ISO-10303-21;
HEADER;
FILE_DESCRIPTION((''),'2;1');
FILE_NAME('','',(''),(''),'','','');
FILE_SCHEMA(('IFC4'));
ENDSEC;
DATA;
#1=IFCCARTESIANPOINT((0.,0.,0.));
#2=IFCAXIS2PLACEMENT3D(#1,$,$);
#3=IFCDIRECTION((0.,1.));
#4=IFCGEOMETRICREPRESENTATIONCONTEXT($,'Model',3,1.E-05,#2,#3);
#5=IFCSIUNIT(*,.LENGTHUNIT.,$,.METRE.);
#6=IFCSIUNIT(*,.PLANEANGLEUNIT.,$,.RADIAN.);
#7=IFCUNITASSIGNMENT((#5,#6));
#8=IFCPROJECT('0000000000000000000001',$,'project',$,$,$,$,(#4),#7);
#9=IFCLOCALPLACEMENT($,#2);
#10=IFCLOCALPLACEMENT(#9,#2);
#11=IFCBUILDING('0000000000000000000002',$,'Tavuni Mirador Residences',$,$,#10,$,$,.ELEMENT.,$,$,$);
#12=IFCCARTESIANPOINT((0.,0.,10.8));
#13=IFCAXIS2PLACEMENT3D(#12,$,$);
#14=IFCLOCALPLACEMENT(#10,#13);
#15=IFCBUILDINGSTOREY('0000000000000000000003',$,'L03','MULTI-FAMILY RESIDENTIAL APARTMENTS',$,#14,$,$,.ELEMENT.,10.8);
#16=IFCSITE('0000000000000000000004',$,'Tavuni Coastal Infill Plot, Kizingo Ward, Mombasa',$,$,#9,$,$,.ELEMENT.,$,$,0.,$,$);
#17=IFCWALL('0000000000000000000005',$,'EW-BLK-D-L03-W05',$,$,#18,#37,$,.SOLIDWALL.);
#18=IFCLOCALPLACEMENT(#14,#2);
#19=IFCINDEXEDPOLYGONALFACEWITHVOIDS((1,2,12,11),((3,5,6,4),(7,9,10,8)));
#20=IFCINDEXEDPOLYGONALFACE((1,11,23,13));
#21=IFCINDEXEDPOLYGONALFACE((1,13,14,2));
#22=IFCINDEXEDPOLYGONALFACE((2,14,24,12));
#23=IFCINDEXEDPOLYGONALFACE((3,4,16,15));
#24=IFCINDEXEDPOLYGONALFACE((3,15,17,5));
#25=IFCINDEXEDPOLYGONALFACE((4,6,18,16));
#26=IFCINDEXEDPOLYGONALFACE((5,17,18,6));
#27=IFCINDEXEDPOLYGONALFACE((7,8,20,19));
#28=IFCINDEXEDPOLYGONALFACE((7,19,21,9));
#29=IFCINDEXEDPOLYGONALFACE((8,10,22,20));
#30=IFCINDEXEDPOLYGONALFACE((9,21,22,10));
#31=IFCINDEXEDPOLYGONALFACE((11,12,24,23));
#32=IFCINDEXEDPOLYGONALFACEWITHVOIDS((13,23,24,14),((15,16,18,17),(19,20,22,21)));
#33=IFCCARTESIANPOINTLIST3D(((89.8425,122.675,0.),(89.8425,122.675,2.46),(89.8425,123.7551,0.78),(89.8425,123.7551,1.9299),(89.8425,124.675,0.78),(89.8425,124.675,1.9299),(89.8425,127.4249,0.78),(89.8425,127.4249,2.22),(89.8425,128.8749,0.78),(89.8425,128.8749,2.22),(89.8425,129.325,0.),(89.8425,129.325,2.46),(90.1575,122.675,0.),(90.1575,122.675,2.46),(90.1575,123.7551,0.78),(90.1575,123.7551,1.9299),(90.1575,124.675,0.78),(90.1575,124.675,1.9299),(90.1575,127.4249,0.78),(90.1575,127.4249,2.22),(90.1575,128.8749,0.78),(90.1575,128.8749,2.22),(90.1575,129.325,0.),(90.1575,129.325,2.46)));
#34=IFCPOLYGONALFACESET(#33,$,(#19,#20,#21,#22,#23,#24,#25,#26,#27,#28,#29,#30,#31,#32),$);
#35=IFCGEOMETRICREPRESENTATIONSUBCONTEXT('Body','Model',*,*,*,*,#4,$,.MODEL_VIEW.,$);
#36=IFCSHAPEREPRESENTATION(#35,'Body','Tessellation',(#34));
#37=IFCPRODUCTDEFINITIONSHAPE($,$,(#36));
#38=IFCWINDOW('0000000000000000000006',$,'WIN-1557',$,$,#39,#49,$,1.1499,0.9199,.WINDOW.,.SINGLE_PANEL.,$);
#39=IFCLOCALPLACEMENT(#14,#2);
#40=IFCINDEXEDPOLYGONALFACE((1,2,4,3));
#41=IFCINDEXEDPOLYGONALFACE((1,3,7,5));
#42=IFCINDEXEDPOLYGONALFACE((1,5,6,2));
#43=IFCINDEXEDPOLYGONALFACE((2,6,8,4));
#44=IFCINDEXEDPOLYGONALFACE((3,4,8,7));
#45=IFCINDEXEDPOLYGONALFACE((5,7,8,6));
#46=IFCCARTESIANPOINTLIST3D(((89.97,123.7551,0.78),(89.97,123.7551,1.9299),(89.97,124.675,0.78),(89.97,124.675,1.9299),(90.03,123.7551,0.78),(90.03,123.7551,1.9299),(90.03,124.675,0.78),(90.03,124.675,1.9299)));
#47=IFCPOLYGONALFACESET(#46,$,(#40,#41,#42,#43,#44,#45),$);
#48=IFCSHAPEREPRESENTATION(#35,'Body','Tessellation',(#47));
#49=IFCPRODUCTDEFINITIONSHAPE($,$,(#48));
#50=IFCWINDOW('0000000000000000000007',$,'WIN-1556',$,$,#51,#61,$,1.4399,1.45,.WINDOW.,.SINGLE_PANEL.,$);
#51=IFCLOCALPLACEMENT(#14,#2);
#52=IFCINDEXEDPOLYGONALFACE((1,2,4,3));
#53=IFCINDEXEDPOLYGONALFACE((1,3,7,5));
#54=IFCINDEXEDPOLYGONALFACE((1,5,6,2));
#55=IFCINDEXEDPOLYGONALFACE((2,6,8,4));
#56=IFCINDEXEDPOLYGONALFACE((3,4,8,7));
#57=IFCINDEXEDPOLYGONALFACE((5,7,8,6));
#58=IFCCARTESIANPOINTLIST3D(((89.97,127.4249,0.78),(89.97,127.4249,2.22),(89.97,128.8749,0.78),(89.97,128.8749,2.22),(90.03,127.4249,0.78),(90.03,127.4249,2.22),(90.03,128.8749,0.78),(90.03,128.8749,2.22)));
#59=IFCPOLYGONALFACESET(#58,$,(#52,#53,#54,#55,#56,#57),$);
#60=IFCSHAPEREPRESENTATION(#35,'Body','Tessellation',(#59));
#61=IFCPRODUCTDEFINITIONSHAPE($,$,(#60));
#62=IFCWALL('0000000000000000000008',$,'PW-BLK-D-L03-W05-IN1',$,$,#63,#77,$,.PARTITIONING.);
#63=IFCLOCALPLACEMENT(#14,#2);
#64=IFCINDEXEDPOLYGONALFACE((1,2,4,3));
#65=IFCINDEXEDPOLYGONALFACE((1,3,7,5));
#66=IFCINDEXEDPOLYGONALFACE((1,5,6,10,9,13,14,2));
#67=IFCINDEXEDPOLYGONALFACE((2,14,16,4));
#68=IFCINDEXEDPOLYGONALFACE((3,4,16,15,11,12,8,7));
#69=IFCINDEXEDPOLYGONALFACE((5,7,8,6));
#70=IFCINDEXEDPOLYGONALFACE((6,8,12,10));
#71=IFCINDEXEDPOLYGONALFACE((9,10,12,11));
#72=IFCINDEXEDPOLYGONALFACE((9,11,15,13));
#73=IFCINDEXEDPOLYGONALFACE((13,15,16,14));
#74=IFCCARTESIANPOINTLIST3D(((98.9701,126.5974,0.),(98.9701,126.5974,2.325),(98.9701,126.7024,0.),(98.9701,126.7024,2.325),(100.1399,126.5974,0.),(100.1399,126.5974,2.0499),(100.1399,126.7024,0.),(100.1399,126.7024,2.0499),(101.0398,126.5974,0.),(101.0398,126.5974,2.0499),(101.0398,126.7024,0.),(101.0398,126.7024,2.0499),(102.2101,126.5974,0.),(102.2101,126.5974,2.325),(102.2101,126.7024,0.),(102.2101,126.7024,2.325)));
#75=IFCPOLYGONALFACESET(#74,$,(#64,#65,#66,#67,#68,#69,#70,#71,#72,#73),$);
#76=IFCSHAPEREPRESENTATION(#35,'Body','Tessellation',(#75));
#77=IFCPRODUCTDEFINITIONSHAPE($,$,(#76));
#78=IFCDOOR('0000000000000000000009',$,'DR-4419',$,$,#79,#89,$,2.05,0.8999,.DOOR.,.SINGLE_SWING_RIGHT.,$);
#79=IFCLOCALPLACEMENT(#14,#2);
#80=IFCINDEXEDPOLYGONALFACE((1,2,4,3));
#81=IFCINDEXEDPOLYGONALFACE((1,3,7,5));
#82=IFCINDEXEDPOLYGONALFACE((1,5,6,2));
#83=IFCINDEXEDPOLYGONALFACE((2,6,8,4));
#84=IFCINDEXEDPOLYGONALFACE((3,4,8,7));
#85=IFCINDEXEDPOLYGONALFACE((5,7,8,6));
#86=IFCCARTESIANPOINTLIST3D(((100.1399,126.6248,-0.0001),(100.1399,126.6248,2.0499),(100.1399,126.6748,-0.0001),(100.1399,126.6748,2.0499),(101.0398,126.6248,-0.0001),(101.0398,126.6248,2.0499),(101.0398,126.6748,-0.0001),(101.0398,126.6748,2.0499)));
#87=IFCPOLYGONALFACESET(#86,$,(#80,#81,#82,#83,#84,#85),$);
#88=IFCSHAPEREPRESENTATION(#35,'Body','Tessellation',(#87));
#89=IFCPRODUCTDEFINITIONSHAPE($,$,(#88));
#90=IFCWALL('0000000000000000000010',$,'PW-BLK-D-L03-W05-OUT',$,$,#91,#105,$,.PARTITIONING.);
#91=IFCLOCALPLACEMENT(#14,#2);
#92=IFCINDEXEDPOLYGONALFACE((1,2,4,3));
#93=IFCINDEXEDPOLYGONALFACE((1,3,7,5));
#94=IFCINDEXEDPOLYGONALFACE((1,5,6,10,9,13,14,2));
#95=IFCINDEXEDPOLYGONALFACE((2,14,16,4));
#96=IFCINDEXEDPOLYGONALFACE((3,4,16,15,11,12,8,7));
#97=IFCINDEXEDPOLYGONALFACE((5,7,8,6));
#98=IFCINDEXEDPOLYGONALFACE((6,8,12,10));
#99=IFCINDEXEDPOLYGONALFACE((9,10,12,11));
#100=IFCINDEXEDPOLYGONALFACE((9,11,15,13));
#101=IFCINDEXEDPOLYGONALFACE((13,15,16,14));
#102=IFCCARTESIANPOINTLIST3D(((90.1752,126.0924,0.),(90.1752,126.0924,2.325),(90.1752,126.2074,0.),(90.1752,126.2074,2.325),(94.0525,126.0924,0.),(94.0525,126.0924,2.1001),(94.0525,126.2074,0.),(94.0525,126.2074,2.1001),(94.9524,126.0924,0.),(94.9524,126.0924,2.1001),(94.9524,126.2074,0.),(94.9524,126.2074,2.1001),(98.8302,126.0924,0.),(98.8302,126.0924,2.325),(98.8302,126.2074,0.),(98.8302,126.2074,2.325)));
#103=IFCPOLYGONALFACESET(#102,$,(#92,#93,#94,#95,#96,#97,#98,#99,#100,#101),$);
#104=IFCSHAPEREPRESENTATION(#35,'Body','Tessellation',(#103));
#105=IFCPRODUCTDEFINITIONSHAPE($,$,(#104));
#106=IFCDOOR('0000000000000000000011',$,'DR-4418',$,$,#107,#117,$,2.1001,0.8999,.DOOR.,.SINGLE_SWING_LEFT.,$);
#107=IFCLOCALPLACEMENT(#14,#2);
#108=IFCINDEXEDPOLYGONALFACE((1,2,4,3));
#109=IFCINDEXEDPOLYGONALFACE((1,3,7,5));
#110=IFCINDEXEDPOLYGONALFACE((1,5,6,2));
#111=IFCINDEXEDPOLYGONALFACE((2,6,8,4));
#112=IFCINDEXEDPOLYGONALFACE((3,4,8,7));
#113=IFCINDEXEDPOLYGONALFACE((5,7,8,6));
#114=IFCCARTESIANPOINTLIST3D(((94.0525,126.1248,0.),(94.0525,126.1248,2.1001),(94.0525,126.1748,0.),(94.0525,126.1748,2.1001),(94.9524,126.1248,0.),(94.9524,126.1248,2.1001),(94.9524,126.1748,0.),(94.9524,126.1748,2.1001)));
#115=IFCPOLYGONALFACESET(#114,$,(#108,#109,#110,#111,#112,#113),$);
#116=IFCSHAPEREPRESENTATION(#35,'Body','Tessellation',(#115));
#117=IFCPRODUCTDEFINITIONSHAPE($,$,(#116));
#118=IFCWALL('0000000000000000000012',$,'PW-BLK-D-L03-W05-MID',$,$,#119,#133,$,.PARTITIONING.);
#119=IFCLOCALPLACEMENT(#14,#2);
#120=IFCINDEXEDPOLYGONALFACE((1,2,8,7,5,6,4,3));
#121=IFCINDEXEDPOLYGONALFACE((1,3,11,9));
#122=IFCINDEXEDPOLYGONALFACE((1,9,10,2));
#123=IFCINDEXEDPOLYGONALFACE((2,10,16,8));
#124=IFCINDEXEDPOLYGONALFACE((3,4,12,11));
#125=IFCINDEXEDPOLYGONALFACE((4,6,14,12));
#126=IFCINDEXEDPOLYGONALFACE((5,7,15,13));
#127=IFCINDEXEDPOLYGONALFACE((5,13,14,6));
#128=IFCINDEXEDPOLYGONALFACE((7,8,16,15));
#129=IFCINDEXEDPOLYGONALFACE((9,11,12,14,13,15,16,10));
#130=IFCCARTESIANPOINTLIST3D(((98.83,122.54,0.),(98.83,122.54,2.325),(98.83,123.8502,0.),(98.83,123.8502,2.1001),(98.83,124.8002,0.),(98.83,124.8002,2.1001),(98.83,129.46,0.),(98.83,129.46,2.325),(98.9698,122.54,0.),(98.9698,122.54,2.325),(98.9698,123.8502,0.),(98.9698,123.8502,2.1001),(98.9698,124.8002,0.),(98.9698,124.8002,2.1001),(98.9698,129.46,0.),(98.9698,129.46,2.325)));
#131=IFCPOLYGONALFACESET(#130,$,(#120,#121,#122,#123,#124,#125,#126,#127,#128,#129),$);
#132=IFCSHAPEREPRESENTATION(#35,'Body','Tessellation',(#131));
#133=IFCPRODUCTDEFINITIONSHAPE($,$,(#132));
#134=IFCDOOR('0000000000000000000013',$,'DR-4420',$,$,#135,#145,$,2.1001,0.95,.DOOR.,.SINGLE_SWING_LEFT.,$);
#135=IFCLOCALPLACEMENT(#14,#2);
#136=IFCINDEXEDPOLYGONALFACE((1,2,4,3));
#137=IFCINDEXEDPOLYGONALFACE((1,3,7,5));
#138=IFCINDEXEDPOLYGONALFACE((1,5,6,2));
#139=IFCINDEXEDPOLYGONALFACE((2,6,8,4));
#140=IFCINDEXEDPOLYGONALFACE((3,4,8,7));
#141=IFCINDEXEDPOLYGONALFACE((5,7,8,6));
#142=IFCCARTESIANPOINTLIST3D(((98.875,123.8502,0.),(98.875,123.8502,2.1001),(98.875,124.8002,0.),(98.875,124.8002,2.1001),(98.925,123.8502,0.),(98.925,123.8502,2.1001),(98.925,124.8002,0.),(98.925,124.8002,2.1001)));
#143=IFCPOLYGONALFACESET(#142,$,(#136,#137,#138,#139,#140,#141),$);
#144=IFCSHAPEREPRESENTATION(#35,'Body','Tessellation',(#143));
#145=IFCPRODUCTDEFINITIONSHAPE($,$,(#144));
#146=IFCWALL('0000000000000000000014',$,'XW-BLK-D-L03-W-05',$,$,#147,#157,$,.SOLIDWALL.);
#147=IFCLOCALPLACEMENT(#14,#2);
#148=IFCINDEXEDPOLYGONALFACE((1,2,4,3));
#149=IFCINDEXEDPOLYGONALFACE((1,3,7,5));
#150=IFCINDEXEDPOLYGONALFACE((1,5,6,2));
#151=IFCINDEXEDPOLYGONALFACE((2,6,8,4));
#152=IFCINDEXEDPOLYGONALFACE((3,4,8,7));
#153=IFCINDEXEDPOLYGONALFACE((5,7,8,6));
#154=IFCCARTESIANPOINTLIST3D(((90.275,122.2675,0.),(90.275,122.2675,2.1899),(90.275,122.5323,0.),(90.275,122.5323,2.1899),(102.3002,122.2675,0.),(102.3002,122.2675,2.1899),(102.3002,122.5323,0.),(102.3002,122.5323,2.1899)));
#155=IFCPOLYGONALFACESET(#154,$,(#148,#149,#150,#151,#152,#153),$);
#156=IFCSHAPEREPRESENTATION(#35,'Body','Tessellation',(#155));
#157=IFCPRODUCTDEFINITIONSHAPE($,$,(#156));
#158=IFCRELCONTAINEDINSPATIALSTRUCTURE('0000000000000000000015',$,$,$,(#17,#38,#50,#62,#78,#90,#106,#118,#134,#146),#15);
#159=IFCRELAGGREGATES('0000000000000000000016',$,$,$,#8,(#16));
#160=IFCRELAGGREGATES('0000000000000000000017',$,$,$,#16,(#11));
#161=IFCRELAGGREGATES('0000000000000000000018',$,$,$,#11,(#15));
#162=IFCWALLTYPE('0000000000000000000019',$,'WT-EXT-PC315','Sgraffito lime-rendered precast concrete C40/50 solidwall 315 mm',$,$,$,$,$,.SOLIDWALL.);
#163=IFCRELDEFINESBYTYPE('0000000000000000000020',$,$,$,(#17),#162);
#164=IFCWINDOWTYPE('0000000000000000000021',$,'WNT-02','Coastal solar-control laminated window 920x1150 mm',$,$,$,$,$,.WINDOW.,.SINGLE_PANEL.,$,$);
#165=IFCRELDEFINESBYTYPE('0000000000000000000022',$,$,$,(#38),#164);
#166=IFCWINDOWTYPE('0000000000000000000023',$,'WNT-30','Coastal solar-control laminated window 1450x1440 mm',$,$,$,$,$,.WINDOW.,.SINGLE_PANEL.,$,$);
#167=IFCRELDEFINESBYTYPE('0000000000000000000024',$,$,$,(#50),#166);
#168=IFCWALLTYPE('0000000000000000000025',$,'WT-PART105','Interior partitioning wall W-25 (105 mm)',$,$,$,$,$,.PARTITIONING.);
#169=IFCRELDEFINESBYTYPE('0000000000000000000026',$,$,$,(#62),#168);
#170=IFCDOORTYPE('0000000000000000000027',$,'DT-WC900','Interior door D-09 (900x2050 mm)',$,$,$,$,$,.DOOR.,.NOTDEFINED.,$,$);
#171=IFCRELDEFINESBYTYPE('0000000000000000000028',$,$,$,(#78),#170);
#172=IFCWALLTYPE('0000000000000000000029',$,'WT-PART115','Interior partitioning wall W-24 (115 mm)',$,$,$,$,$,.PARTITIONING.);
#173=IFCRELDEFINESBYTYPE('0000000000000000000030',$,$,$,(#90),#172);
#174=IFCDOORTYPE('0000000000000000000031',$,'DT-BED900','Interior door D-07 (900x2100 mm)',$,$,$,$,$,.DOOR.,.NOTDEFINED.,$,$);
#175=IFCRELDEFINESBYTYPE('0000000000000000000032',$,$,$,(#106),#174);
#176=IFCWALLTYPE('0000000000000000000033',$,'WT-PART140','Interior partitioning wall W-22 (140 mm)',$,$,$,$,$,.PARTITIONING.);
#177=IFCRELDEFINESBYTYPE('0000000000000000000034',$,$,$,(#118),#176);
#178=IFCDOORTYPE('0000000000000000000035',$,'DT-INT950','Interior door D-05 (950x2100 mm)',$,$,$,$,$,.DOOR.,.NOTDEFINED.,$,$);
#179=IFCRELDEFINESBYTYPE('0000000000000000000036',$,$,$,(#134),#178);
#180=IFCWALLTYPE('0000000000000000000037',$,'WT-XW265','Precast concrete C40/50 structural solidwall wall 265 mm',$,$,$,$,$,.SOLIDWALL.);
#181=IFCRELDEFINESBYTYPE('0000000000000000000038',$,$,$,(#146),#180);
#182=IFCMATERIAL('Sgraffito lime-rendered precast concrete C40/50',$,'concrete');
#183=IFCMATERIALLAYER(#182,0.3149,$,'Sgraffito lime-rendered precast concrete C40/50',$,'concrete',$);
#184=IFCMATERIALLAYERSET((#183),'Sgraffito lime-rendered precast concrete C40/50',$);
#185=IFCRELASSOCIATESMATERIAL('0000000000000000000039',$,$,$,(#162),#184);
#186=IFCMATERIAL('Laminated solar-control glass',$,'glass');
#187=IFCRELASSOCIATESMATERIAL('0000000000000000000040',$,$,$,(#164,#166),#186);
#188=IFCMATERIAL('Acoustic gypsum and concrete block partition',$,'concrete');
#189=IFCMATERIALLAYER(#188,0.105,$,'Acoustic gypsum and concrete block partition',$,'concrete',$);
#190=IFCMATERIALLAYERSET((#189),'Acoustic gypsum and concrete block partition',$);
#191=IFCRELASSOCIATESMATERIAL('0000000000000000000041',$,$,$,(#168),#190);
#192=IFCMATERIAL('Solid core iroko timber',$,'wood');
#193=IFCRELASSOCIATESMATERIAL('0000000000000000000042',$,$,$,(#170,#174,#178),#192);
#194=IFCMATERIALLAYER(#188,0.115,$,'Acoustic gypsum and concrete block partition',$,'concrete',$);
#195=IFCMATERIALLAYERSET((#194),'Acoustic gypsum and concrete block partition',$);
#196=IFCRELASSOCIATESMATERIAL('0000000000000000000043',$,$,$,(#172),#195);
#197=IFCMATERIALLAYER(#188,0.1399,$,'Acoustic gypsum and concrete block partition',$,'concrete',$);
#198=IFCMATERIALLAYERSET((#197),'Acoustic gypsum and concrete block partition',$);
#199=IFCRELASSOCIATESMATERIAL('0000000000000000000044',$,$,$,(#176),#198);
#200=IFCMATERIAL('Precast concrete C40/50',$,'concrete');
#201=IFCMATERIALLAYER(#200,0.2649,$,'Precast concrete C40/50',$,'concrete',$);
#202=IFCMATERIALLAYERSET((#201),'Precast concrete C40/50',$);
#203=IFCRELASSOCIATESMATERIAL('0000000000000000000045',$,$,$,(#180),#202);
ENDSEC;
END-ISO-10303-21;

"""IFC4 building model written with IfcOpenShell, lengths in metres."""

from ifc_helpers import new_model, si_unit, direction, frame, frame_2d, origin, place, context, subcontext, project, spatial, rectangle, extrude, material, layer, layer_set, type_object, element, fill, save


model = new_model("IFC4")

# Units and contexts
model_context = context("Model", 3, precision=1e-05, world=origin(), true_north=direction((0.0, 1.0)))
body_context = subcontext(model_context, "Body", "Model", "MODEL_VIEW")
ifc_project = project(units=[si_unit("LENGTHUNIT", "METRE"), si_unit("PLANEANGLEUNIT", "RADIAN")], contexts=[model_context])

# Site, building, storey
site_placement = place(None, origin())
site = spatial("IfcSite", under=ifc_project, at=site_placement, Name="Tavuni Coastal Infill Plot, Kizingo Ward, Mombasa", CompositionType="ELEMENT", RefElevation=0.0)
building_placement = place(site_placement, origin())
building = spatial("IfcBuilding", under=site, at=building_placement, Name="Tavuni Mirador Residences", CompositionType="ELEMENT")
storey_placement = place(building_placement, frame((0.0, 0.0, 10.8)))
storey = spatial("IfcBuildingStorey", under=building, at=storey_placement, Name="L03", Description="MULTI-FAMILY RESIDENTIAL APARTMENTS", CompositionType="ELEMENT", Elevation=10.8)

# Shared definitions
ifc_material_1 = material(Name="Precast concrete C40/50", Category="concrete")

# Shared definitions
ifc_material_2 = material(Name="Solid core iroko timber", Category="wood")

# Wall, openings, windows
ifc_material_3 = material(Name="Sgraffito lime-rendered precast concrete C40/50", Category="concrete")
ifc_layer_1 = layer(ifc_material_3, 0.3149, Name="Sgraffito lime-rendered precast concrete C40/50", Category="concrete")
ifc_layer_set_1 = layer_set([ifc_layer_1], Name="Sgraffito lime-rendered precast concrete C40/50")
wall_type_1 = type_object("IfcWallType", Name="WT-EXT-PC315", Description="Sgraffito lime-rendered precast concrete C40/50 solidwall 315 mm", PredefinedType="SOLIDWALL", material=ifc_layer_set_1)
wall_1_placement = place(storey_placement, frame((90.0, 129.325, 0.0), z_axis=(0.0, 0.0, 1.0), x_axis=(0.0, -1.0, 0.0)))
wall_1 = element("IfcWall", 1, at=wall_1_placement, inside=storey, type_object=wall_type_1, Name="EW-BLK-D-L03-W05", PredefinedType="SOLIDWALL", context=body_context, shape_type="SweptSolid", body=[
    extrude(rectangle(XDim=6.6499, YDim=0.3149, at=frame_2d((3.325, 0.0))), origin(), (0.0, 0.0, 1.0), 2.46),
])
opening_1_placement = place(wall_1_placement, frame((0.45, 0.0, 0.78)))
opening_1 = element("IfcOpeningElement", 2, at=opening_1_placement, cuts=wall_1, PredefinedType="OPENING", context=body_context, shape_type="SweptSolid", body=[
    extrude(rectangle(XDim=1.45, YDim=1.4399, at=frame_2d((0.7251, 0.72))), frame((0.0, 0.1675, 0.0), z_axis=(0.0, -1.0, 0.0), x_axis=(1.0, 0.0, 0.0)), (0.0, 0.0, 1.0), 0.335),
])
opening_2_placement = place(wall_1_placement, frame((4.6499, 0.0, 0.78)))
opening_2 = element("IfcOpeningElement", 3, at=opening_2_placement, cuts=wall_1, PredefinedType="OPENING", context=body_context, shape_type="SweptSolid", body=[
    extrude(rectangle(XDim=0.9199, YDim=1.1499, at=frame_2d((0.46, 0.575))), frame((0.0, 0.1675, 0.0), z_axis=(0.0, -1.0, 0.0), x_axis=(1.0, 0.0, 0.0)), (0.0, 0.0, 1.0), 0.335),
])
ifc_material_4 = material(Name="Laminated solar-control glass", Category="glass")
window_type_1 = type_object("IfcWindowType", Name="WNT-02", Description="Coastal solar-control laminated window 920x1150 mm", PartitioningType="SINGLE_PANEL", PredefinedType="WINDOW", material=ifc_material_4)
window_1_placement = place(opening_2_placement, origin())
window_1 = element("IfcWindow", 4, at=window_1_placement, inside=storey, type_object=window_type_1, Name="WIN-1557", OverallHeight=1.1499, OverallWidth=0.9199, PartitioningType="SINGLE_PANEL", PredefinedType="WINDOW", context=body_context, shape_type="SweptSolid", body=[
    extrude(rectangle(XDim=0.9199, YDim=1.1499, at=frame_2d((0.46, 0.575))), frame((0.0, 0.03, 0.0), z_axis=(0.0, -1.0, 0.0), x_axis=(1.0, 0.0, 0.0)), (0.0, 0.0, 1.0), 0.0601),
])
fill(opening_2, window_1)
window_type_2 = type_object("IfcWindowType", Name="WNT-30", Description="Coastal solar-control laminated window 1450x1440 mm", PartitioningType="SINGLE_PANEL", PredefinedType="WINDOW", material=ifc_material_4)
window_2_placement = place(opening_1_placement, origin())
window_2 = element("IfcWindow", 5, at=window_2_placement, inside=storey, type_object=window_type_2, Name="WIN-1556", OverallHeight=1.4399, OverallWidth=1.45, PartitioningType="SINGLE_PANEL", PredefinedType="WINDOW", context=body_context, shape_type="SweptSolid", body=[
    extrude(rectangle(XDim=1.45, YDim=1.4399, at=frame_2d((0.7251, 0.72))), frame((0.0, 0.03, 0.0), z_axis=(0.0, -1.0, 0.0), x_axis=(1.0, 0.0, 0.0)), (0.0, 0.0, 1.0), 0.0601),
])
fill(opening_1, window_2)

# Walls, openings, doors
ifc_material_5 = material(Name="Acoustic gypsum and concrete block partition", Category="concrete")
ifc_layer_2 = layer(ifc_material_5, 0.105, Name="Acoustic gypsum and concrete block partition", Category="concrete")
ifc_layer_set_2 = layer_set([ifc_layer_2], Name="Acoustic gypsum and concrete block partition")
wall_type_2 = type_object("IfcWallType", Name="WT-PART105", Description="Interior partitioning wall W-25 (105 mm)", PredefinedType="PARTITIONING", material=ifc_layer_set_2)
wall_2_placement = place(storey_placement, frame((98.97, 126.6499, 0.0), z_axis=(0.0, 0.0, 1.0), x_axis=(1.0, 0.0, 0.0)))
wall_2 = element("IfcWall", 6, at=wall_2_placement, inside=storey, type_object=wall_type_2, Name="PW-BLK-D-L03-W05-IN1", PredefinedType="PARTITIONING", context=body_context, shape_type="SweptSolid", body=[
    extrude(rectangle(XDim=3.24, YDim=0.105, at=frame_2d((1.6201, 0.0))), origin(), (0.0, 0.0, 1.0), 2.325),
])
opening_3_placement = place(wall_2_placement, frame((1.1699, 0.0, 0.0)))
opening_3 = element("IfcOpeningElement", 7, at=opening_3_placement, cuts=wall_2, PredefinedType="OPENING", context=body_context, shape_type="SweptSolid", body=[
    extrude(rectangle(XDim=0.8999, YDim=2.05, at=frame_2d((0.45, 1.0249))), frame((0.0, 0.0625, 0.0), z_axis=(0.0, -1.0, 0.0), x_axis=(1.0, 0.0, 0.0)), (0.0, 0.0, 1.0), 0.125),
])
door_type_1 = type_object("IfcDoorType", Name="DT-WC900", Description="Interior door D-09 (900x2050 mm)", OperationType="NOTDEFINED", PredefinedType="DOOR", material=ifc_material_2)
door_1_placement = place(opening_3_placement, origin())
door_1 = element("IfcDoor", 8, at=door_1_placement, inside=storey, type_object=door_type_1, Name="DR-4419", OperationType="SINGLE_SWING_RIGHT", OverallHeight=2.05, OverallWidth=0.8999, PredefinedType="DOOR", context=body_context, shape_type="SweptSolid", body=[
    extrude(rectangle(XDim=0.8999, YDim=2.05, at=frame_2d((0.45, 1.0249))), frame((0.0, 0.0249, 0.0), z_axis=(0.0, -1.0, 0.0), x_axis=(1.0, 0.0, 0.0)), (0.0, 0.0, 1.0), 0.05),
])
fill(opening_3, door_1)
ifc_layer_3 = layer(ifc_material_5, 0.115, Name="Acoustic gypsum and concrete block partition", Category="concrete")
ifc_layer_set_3 = layer_set([ifc_layer_3], Name="Acoustic gypsum and concrete block partition")
wall_type_3 = type_object("IfcWallType", Name="WT-PART115", Description="Interior partitioning wall W-24 (115 mm)", PredefinedType="PARTITIONING", material=ifc_layer_set_3)
wall_3_placement = place(storey_placement, frame((90.175, 126.1499, 0.0), z_axis=(0.0, 0.0, 1.0), x_axis=(1.0, 0.0, 0.0)))
wall_3 = element("IfcWall", 9, at=wall_3_placement, inside=storey, type_object=wall_type_3, Name="PW-BLK-D-L03-W05-OUT", PredefinedType="PARTITIONING", context=body_context, shape_type="SweptSolid", body=[
    extrude(rectangle(XDim=8.655, YDim=0.115, at=frame_2d((4.3276, 0.0))), origin(), (0.0, 0.0, 1.0), 2.325),
])
opening_4_placement = place(wall_3_placement, frame((3.8774, 0.0, 0.0)))
opening_4 = element("IfcOpeningElement", 10, at=opening_4_placement, cuts=wall_3, PredefinedType="OPENING", context=body_context, shape_type="SweptSolid", body=[
    extrude(rectangle(XDim=0.8999, YDim=2.1001, at=frame_2d((0.45, 1.05))), frame((0.0, 0.0674, 0.0), z_axis=(0.0, -1.0, 0.0), x_axis=(1.0, 0.0, 0.0)), (0.0, 0.0, 1.0), 0.135),
])
door_type_2 = type_object("IfcDoorType", Name="DT-BED900", Description="Interior door D-07 (900x2100 mm)", OperationType="NOTDEFINED", PredefinedType="DOOR", material=ifc_material_2)
door_2_placement = place(opening_4_placement, origin())
door_2 = element("IfcDoor", 11, at=door_2_placement, inside=storey, type_object=door_type_2, Name="DR-4418", OperationType="SINGLE_SWING_LEFT", OverallHeight=2.1001, OverallWidth=0.8999, PredefinedType="DOOR", context=body_context, shape_type="SweptSolid", body=[
    extrude(rectangle(XDim=0.8999, YDim=2.1001, at=frame_2d((0.45, 1.05))), frame((0.0, 0.0249, 0.0), z_axis=(0.0, -1.0, 0.0), x_axis=(1.0, 0.0, 0.0)), (0.0, 0.0, 1.0), 0.05),
])
fill(opening_4, door_2)
ifc_layer_4 = layer(ifc_material_5, 0.1399, Name="Acoustic gypsum and concrete block partition", Category="concrete")
ifc_layer_set_4 = layer_set([ifc_layer_4], Name="Acoustic gypsum and concrete block partition")
wall_type_4 = type_object("IfcWallType", Name="WT-PART140", Description="Interior partitioning wall W-22 (140 mm)", PredefinedType="PARTITIONING", material=ifc_layer_set_4)
wall_4_placement = place(storey_placement, frame((98.8999, 122.54, 0.0), z_axis=(0.0, 0.0, 1.0), x_axis=(0.0, 1.0, 0.0)))
wall_4 = element("IfcWall", 12, at=wall_4_placement, inside=storey, type_object=wall_type_4, Name="PW-BLK-D-L03-W05-MID", PredefinedType="PARTITIONING", context=body_context, shape_type="SweptSolid", body=[
    extrude(rectangle(XDim=6.9199, YDim=0.1399, at=frame_2d((3.46, 0.0))), origin(), (0.0, 0.0, 1.0), 2.325),
])
opening_5_placement = place(wall_4_placement, frame((1.3101, 0.0, 0.0)))
opening_5 = element("IfcOpeningElement", 13, at=opening_5_placement, cuts=wall_4, PredefinedType="OPENING", context=body_context, shape_type="SweptSolid", body=[
    extrude(rectangle(XDim=0.95, YDim=2.1001, at=frame_2d((0.4751, 1.05))), frame((0.0, 0.0801, 0.0), z_axis=(0.0, -1.0, 0.0), x_axis=(1.0, 0.0, 0.0)), (0.0, 0.0, 1.0), 0.1599),
])
door_type_3 = type_object("IfcDoorType", Name="DT-INT950", Description="Interior door D-05 (950x2100 mm)", OperationType="NOTDEFINED", PredefinedType="DOOR", material=ifc_material_2)
door_3_placement = place(opening_5_placement, origin())
door_3 = element("IfcDoor", 14, at=door_3_placement, inside=storey, type_object=door_type_3, Name="DR-4420", OperationType="SINGLE_SWING_LEFT", OverallHeight=2.1001, OverallWidth=0.95, PredefinedType="DOOR", context=body_context, shape_type="SweptSolid", body=[
    extrude(rectangle(XDim=0.95, YDim=2.1001, at=frame_2d((0.4751, 1.05))), frame((0.0, 0.0249, 0.0), z_axis=(0.0, -1.0, 0.0), x_axis=(1.0, 0.0, 0.0)), (0.0, 0.0, 1.0), 0.05),
])
fill(opening_5, door_3)

# Wall
ifc_layer_5 = layer(ifc_material_1, 0.2649, Name="Precast concrete C40/50", Category="concrete")
ifc_layer_set_5 = layer_set([ifc_layer_5], Name="Precast concrete C40/50")
wall_type_5 = type_object("IfcWallType", Name="WT-XW265", Description="Precast concrete C40/50 structural solidwall wall 265 mm", PredefinedType="SOLIDWALL", material=ifc_layer_set_5)
for number, where, z_axis, x_axis, name in (
    (15, (90.2749, 122.3999, 0.0), (0.0, 0.0, 1.0), (1.0, 0.0, 0.0), "XW-BLK-D-L03-W-05"),
):
    element("IfcWall", number, at=place(storey_placement, frame(where, z_axis=z_axis, x_axis=x_axis)), inside=storey, type_object=wall_type_5, Name=name, PredefinedType="SOLIDWALL", context=body_context, shape_type="SweptSolid", body=[
        extrude(rectangle(XDim=12.0251, YDim=0.2649, at=frame_2d((6.0127, 0.0))), origin(), (0.0, 0.0, 1.0), 2.1899),
    ])

save(model, "model.ifc")
